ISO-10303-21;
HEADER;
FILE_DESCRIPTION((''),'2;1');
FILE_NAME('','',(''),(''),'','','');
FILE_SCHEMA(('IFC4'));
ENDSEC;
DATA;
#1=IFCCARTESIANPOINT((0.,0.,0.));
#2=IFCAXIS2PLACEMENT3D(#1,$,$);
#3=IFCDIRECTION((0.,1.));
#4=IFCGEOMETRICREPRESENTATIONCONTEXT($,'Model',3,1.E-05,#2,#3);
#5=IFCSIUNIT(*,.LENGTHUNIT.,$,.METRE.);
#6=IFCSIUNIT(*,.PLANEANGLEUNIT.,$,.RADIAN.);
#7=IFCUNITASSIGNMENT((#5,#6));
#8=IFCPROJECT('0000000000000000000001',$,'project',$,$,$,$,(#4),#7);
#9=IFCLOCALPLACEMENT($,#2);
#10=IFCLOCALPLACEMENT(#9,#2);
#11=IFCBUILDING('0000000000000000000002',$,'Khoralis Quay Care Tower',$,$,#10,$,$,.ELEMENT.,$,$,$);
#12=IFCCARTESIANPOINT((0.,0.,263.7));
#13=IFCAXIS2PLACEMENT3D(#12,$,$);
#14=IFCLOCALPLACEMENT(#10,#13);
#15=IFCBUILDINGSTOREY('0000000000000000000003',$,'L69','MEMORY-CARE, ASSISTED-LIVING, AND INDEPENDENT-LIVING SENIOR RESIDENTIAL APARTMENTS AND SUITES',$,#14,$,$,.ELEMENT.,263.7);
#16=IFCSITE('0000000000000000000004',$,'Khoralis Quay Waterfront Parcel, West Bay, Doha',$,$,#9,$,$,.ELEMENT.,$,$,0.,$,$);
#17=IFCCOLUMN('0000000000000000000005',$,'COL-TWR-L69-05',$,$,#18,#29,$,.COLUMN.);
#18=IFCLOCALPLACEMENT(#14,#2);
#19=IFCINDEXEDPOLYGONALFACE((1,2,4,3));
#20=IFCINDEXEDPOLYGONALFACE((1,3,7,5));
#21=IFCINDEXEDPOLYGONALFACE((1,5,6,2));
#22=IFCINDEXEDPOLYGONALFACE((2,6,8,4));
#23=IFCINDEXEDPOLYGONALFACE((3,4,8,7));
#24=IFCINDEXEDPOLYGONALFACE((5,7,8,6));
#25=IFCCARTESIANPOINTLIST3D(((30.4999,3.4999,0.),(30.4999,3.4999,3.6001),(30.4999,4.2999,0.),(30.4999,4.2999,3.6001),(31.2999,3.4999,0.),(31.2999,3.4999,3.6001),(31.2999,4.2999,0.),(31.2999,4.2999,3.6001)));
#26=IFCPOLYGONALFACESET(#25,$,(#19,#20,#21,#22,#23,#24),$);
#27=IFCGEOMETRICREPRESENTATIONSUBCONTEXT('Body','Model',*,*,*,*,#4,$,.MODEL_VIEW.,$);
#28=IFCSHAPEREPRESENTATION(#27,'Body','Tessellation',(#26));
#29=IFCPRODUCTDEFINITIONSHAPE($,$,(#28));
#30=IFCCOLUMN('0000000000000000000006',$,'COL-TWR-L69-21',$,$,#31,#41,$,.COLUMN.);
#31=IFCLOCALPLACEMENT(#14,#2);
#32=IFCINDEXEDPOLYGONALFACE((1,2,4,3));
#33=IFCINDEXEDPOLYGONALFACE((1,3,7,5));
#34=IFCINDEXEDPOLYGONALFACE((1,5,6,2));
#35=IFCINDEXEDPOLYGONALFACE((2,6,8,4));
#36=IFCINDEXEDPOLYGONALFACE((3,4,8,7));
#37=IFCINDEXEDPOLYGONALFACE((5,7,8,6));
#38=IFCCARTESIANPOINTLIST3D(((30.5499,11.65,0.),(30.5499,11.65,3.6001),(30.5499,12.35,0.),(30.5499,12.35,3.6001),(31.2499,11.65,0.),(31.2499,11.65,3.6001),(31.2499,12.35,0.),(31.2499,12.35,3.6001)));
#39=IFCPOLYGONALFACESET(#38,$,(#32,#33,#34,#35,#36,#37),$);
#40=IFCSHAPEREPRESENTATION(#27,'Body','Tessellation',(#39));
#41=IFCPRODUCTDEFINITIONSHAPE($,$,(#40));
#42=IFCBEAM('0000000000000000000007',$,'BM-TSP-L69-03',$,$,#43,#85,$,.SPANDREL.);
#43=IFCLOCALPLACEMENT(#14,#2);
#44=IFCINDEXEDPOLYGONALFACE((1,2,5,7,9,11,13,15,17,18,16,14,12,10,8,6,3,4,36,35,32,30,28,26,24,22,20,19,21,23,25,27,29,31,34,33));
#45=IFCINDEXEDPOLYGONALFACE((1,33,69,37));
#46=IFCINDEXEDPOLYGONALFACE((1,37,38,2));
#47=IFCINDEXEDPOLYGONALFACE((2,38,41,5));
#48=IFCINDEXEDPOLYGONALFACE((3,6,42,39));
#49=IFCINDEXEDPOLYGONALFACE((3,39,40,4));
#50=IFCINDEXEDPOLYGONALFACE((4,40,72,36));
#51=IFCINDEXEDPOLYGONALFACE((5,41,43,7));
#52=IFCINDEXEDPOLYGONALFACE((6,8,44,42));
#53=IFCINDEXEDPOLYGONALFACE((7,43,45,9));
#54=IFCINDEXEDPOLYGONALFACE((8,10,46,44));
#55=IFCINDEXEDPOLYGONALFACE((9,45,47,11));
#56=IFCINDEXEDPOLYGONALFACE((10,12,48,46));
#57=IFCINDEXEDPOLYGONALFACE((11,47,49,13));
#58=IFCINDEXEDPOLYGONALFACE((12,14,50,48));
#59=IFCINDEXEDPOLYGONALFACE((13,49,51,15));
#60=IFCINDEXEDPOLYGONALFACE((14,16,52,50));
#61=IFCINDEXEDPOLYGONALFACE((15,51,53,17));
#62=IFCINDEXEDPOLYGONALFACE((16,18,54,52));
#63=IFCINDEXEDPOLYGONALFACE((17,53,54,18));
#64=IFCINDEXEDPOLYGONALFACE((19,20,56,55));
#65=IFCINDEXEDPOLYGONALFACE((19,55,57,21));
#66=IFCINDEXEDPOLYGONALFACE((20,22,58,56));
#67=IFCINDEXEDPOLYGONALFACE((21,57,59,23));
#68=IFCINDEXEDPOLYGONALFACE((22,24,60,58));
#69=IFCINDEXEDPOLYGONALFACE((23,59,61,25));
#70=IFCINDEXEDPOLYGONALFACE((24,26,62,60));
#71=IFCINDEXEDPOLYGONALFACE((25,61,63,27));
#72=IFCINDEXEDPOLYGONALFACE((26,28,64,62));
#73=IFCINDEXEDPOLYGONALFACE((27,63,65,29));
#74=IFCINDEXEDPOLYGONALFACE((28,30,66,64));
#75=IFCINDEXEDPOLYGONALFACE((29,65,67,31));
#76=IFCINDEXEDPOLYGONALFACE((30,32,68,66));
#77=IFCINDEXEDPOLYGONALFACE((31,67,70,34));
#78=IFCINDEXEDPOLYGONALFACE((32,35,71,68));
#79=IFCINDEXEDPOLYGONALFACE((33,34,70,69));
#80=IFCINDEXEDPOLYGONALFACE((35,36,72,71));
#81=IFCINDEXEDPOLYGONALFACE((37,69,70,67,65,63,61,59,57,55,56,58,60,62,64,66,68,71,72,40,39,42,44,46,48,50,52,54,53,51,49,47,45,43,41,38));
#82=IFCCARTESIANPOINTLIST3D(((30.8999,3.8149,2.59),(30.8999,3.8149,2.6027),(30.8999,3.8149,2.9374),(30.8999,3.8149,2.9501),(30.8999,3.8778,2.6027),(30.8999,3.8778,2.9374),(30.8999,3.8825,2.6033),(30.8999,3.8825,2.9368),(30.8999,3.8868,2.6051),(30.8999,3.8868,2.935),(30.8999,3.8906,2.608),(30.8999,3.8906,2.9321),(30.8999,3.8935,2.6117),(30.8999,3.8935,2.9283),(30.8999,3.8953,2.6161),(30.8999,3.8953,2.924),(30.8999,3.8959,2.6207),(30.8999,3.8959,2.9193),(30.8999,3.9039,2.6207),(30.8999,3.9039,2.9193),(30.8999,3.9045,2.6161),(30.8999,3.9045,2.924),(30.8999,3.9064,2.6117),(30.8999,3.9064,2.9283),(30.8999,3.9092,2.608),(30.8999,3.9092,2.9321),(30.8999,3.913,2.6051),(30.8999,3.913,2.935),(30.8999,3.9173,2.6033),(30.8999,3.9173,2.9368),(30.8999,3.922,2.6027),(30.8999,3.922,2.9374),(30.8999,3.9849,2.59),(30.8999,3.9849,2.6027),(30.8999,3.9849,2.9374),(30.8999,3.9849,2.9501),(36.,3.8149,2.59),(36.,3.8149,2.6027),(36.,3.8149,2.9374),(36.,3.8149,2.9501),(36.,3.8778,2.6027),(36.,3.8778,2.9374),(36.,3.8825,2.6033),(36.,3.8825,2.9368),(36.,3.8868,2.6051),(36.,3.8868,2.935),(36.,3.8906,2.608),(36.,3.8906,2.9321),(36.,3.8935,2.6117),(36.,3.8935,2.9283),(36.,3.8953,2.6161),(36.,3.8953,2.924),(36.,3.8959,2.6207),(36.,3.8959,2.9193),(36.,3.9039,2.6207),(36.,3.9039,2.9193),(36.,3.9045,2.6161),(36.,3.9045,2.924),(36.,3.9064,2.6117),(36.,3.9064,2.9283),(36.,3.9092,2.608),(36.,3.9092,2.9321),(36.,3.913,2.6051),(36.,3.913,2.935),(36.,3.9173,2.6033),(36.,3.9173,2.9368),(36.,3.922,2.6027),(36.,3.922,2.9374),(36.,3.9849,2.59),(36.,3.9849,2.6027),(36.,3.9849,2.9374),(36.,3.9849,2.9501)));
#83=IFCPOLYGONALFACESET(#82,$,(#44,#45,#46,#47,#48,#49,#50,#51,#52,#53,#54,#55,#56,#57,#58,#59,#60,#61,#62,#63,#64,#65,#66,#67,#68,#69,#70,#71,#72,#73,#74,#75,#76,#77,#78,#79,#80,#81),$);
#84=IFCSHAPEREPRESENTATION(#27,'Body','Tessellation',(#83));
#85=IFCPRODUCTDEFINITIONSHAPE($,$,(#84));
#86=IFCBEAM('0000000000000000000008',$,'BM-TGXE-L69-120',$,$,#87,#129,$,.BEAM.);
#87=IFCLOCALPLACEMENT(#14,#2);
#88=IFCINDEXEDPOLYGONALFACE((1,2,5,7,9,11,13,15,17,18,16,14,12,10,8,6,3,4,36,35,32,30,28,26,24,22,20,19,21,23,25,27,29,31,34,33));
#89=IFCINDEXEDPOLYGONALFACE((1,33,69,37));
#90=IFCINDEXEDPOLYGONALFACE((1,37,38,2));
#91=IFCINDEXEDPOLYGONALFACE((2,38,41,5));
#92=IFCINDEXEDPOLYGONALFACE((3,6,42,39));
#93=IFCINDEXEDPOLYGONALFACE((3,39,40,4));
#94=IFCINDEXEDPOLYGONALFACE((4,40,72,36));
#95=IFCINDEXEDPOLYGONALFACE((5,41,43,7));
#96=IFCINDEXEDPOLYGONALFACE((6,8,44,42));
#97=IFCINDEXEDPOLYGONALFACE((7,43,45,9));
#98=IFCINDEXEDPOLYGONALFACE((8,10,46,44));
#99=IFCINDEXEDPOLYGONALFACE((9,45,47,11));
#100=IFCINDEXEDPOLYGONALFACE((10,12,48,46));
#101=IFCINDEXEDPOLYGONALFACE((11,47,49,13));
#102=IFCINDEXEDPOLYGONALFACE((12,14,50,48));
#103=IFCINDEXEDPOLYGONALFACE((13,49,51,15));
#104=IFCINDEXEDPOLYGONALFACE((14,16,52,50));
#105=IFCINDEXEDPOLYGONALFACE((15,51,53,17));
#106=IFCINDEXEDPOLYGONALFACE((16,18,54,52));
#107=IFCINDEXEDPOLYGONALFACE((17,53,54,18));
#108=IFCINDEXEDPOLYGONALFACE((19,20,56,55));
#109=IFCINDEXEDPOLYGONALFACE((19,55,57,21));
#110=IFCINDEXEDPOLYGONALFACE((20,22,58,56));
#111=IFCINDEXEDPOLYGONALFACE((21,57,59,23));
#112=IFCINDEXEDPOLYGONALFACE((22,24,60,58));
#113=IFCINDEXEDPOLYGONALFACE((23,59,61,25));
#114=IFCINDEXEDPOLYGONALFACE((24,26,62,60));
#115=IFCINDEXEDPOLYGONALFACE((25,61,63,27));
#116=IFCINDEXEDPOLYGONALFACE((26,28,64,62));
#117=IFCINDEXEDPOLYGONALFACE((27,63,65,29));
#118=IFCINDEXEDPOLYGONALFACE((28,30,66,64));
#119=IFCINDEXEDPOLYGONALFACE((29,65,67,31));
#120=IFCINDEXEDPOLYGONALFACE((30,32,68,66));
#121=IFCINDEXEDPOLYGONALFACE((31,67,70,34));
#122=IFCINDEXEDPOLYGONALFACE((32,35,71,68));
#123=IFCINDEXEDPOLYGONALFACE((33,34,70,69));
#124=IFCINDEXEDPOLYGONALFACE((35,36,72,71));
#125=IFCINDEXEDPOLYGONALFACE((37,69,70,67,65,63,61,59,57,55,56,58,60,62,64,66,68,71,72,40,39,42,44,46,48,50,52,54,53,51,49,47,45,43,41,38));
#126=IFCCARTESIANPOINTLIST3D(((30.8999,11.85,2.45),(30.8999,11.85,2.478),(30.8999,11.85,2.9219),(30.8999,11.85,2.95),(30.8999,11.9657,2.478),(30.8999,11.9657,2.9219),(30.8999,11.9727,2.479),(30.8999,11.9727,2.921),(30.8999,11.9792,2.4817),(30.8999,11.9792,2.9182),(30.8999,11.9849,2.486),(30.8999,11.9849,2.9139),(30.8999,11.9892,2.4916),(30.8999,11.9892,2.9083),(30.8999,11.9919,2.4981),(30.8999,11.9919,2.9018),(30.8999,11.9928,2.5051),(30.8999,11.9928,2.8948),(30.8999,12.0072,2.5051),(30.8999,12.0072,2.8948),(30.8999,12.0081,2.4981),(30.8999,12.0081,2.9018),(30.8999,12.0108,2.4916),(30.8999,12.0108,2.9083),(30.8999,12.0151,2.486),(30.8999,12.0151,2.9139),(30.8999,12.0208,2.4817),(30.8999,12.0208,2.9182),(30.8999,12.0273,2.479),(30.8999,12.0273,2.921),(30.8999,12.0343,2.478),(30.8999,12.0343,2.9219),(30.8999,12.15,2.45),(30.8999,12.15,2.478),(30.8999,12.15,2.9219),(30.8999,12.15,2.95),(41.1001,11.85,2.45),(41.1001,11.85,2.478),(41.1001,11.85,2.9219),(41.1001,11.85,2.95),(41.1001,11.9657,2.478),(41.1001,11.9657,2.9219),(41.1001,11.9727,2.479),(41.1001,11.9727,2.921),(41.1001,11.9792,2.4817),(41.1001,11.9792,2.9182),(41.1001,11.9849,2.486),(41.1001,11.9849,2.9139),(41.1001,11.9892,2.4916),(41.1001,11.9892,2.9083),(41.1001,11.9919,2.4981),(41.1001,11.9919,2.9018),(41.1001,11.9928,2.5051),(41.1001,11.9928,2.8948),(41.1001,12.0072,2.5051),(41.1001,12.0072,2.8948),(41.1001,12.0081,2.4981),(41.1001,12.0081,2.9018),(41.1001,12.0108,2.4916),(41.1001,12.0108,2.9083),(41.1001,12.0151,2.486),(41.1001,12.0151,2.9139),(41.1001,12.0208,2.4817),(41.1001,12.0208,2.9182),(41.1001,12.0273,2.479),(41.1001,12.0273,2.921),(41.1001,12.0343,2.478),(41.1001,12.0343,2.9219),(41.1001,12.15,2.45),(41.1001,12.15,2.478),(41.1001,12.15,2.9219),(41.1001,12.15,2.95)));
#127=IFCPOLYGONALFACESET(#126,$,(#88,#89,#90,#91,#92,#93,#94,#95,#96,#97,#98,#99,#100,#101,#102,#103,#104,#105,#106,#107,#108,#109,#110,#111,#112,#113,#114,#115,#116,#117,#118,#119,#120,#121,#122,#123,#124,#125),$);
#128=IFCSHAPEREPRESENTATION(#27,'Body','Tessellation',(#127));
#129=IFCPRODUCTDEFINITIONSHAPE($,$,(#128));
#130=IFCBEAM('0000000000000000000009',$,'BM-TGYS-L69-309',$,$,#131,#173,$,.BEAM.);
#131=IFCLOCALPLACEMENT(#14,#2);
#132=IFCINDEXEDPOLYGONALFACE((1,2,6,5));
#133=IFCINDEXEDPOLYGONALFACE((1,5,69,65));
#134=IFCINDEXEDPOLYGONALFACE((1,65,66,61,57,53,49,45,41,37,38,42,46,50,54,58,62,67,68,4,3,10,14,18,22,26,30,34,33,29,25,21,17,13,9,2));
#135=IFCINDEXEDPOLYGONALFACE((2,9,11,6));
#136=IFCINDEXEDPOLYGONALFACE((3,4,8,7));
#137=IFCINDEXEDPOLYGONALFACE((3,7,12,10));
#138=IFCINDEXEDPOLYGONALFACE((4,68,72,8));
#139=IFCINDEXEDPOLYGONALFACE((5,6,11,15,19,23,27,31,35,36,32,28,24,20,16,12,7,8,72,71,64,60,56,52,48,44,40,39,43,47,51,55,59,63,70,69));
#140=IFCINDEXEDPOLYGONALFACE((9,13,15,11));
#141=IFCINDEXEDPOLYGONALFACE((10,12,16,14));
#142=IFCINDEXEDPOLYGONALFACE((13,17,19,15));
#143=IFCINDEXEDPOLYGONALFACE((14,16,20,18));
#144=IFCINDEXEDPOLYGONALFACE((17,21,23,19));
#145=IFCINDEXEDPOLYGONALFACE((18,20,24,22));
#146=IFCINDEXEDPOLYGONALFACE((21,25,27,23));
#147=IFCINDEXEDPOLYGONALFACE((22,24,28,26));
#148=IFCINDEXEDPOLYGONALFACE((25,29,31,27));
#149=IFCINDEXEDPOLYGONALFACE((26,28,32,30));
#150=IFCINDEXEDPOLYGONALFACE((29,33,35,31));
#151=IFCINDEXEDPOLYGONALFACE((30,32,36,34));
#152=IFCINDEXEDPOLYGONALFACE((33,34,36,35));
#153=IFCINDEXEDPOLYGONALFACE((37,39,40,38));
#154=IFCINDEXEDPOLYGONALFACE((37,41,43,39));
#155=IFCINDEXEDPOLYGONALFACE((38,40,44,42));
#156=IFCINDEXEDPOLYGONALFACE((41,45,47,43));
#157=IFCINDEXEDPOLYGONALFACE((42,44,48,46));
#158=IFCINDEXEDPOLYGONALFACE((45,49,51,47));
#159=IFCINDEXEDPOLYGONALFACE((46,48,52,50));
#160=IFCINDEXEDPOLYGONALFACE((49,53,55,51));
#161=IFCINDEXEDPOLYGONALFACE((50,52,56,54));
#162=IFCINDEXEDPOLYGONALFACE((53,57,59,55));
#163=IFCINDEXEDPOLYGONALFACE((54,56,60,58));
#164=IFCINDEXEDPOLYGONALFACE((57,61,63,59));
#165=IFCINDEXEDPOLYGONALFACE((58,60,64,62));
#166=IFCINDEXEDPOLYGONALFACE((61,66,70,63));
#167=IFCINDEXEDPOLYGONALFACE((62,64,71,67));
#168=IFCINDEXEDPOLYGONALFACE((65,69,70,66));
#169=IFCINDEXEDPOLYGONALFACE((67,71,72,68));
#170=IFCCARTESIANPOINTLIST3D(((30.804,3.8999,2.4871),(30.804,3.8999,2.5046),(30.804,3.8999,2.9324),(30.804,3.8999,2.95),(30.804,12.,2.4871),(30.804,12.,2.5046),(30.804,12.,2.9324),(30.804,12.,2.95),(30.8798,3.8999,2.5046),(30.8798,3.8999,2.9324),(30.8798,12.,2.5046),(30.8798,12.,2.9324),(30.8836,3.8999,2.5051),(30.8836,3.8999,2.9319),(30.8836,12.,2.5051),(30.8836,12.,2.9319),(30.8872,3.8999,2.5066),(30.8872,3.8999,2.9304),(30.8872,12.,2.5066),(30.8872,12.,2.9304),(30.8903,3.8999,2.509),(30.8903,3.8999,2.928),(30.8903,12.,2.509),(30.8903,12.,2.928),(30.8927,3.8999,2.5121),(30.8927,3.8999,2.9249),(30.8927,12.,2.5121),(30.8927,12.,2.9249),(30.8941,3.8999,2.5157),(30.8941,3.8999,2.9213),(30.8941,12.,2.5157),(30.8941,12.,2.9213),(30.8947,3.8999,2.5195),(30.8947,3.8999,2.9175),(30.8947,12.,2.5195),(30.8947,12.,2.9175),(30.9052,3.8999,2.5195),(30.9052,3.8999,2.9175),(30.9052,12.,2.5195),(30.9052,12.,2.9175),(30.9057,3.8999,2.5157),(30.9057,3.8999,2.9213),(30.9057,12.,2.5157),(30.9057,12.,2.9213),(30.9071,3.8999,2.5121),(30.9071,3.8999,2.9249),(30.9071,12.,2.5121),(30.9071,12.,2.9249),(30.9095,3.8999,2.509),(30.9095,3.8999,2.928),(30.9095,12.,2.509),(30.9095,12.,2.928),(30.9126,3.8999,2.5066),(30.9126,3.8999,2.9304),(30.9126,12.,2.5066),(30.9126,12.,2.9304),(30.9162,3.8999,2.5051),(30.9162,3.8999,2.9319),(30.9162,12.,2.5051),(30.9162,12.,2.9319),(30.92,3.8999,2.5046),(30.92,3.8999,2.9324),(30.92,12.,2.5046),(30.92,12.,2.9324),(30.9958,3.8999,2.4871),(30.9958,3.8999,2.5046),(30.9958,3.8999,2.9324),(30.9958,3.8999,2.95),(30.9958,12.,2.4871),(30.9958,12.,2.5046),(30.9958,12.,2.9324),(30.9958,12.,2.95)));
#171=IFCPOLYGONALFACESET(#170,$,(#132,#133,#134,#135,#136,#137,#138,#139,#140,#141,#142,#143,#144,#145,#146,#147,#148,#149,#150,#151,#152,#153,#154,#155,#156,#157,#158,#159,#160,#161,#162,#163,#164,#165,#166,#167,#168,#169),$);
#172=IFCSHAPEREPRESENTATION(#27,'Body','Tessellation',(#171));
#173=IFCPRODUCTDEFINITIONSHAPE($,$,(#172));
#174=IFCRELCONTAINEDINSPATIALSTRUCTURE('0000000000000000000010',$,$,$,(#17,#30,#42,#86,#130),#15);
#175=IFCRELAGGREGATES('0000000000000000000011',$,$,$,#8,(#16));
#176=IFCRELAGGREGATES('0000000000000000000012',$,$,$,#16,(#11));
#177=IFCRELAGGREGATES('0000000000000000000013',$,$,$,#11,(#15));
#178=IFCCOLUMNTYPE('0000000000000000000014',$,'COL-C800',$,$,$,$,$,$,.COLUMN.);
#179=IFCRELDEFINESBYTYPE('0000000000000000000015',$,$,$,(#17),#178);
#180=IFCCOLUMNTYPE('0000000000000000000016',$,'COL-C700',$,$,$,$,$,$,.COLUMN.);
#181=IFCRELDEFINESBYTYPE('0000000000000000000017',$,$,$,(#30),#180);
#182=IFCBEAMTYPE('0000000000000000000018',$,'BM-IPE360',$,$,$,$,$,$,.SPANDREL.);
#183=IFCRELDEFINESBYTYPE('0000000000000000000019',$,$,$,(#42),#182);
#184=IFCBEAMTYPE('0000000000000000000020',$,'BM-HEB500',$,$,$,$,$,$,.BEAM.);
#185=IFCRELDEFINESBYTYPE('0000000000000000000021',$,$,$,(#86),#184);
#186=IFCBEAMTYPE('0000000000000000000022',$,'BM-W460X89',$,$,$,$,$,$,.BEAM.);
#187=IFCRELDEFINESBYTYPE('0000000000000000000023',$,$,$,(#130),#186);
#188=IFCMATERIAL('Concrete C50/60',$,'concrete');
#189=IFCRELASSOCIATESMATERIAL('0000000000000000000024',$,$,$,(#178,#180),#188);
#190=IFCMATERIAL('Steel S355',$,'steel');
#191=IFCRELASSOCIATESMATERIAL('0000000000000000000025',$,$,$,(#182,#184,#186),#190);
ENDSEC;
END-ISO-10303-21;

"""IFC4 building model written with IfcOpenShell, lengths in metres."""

from ifc_helpers import new_model, si_unit, direction, frame, origin, origin_2d, place, context, subcontext, project, spatial, rectangle, i_section, extrude, source, transform, mapped, material, material_profile, profile_set, type_object, element, save


model = new_model("IFC4")

# Units and contexts
model_context = context("Model", 3, precision=1e-05, world=origin(), true_north=direction((0.0, 1.0)))
body_context = subcontext(model_context, "Body", "Model", "MODEL_VIEW")
ifc_project = project(units=[si_unit("LENGTHUNIT", "METRE"), si_unit("PLANEANGLEUNIT", "RADIAN")], contexts=[model_context])

# Site, building, storey
site_placement = place(None, origin())
site = spatial("IfcSite", under=ifc_project, at=site_placement, Name="Khoralis Quay Waterfront Parcel, West Bay, Doha", CompositionType="ELEMENT", RefElevation=0.0)
building_placement = place(site_placement, origin())
building = spatial("IfcBuilding", under=site, at=building_placement, Name="Khoralis Quay Care Tower", CompositionType="ELEMENT")
storey_placement = place(building_placement, frame((0.0, 0.0, 263.7)))
storey = spatial("IfcBuildingStorey", under=building, at=storey_placement, Name="L69", Description="MEMORY-CARE, ASSISTED-LIVING, AND INDEPENDENT-LIVING SENIOR RESIDENTIAL APARTMENTS AND SUITES", CompositionType="ELEMENT", Elevation=263.7)

# Columns
ifc_material_1 = material(Name="Concrete C50/60", Category="concrete")
ifc_material_profile_1 = material_profile(ifc_material_1, rectangle(XDim=0.8, YDim=0.8, at=origin_2d()), Name="Concrete C50/60")
ifc_profile_set_1 = profile_set([ifc_material_profile_1], Name="Concrete C50/60")
column_type_1 = type_object("IfcColumnType", Name="COL-C800", PredefinedType="COLUMN", material=ifc_profile_set_1)
shared_shape_1 = source(origin(), body_context, "Body", "SweptSolid", [
    extrude(rectangle(XDim=0.8, YDim=0.8, at=origin_2d()), origin(), (0.0, 0.0, 1.0), 3.6001),
])
column_1_placement = place(storey_placement, frame((30.8999, 3.8999, 0.0), z_axis=(0.0, 0.0, 1.0), x_axis=(1.0, 0.0, 0.0)))
element("IfcColumn", 1, at=column_1_placement, inside=storey, type_object=column_type_1, Name="COL-TWR-L69-05", PredefinedType="COLUMN", context=body_context, shape_type="MappedRepresentation", body=[
    mapped(shared_shape_1, transform((0.0, 0.0, 0.0), scale=1.0)),
])
ifc_material_profile_2 = material_profile(ifc_material_1, rectangle(XDim=0.7, YDim=0.7, at=origin_2d()), Name="Concrete C50/60")
ifc_profile_set_2 = profile_set([ifc_material_profile_2], Name="Concrete C50/60")
column_type_2 = type_object("IfcColumnType", Name="COL-C700", PredefinedType="COLUMN", material=ifc_profile_set_2)
shared_shape_2 = source(origin(), body_context, "Body", "SweptSolid", [
    extrude(rectangle(XDim=0.7, YDim=0.7, at=origin_2d()), origin(), (0.0, 0.0, 1.0), 3.6001),
])
column_2_placement = place(storey_placement, frame((30.8999, 12.0, 0.0), z_axis=(0.0, 0.0, 1.0), x_axis=(1.0, 0.0, 0.0)))
element("IfcColumn", 2, at=column_2_placement, inside=storey, type_object=column_type_2, Name="COL-TWR-L69-21", PredefinedType="COLUMN", context=body_context, shape_type="MappedRepresentation", body=[
    mapped(shared_shape_2, transform((0.0, 0.0, 0.0), scale=1.0)),
])

# Beams
ifc_material_2 = material(Name="Steel S355", Category="steel")
ifc_material_profile_3 = material_profile(ifc_material_2, i_section(OverallWidth=0.1699, OverallDepth=0.3601, WebThickness=0.0081, FlangeThickness=0.0127, FilletRadius=0.0181, at=origin_2d()), Name="Steel S355")
ifc_profile_set_3 = profile_set([ifc_material_profile_3], Name="Steel S355")
beam_type_1 = type_object("IfcBeamType", Name="BM-IPE360", PredefinedType="SPANDREL", material=ifc_profile_set_3)
shared_shape_3 = source(origin(), body_context, "Body", "SweptSolid", [
    extrude(i_section(OverallWidth=0.1699, OverallDepth=0.3601, WebThickness=0.0081, FlangeThickness=0.0127, FilletRadius=0.0181, at=origin_2d()), origin(), (0.0, 0.0, 1.0), 5.1001),
])
beam_1_placement = place(storey_placement, frame((30.8999, 3.8999, 2.77), z_axis=(1.0, 0.0, 0.0), x_axis=(0.0, 1.0, 0.0)))
element("IfcBeam", 3, at=beam_1_placement, inside=storey, type_object=beam_type_1, Name="BM-TSP-L69-03", PredefinedType="SPANDREL", context=body_context, shape_type="MappedRepresentation", body=[
    mapped(shared_shape_3, transform((0.0, 0.0, 0.0), scale=1.0)),
])
ifc_material_profile_4 = material_profile(ifc_material_2, i_section(OverallWidth=0.3, OverallDepth=0.5, WebThickness=0.0144, FlangeThickness=0.0281, FilletRadius=0.0271, at=origin_2d()), Name="Steel S355")
ifc_profile_set_4 = profile_set([ifc_material_profile_4], Name="Steel S355")
beam_type_2 = type_object("IfcBeamType", Name="BM-HEB500", PredefinedType="BEAM", material=ifc_profile_set_4)
shared_shape_4 = source(origin(), body_context, "Body", "SweptSolid", [
    extrude(i_section(OverallWidth=0.3, OverallDepth=0.5, WebThickness=0.0144, FlangeThickness=0.0281, FilletRadius=0.0271, at=origin_2d()), origin(), (0.0, 0.0, 1.0), 10.2002),
])
beam_2_placement = place(storey_placement, frame((30.8999, 12.0, 2.7), z_axis=(1.0, 0.0, 0.0), x_axis=(0.0, 1.0, 0.0)))
element("IfcBeam", 4, at=beam_2_placement, inside=storey, type_object=beam_type_2, Name="BM-TGXE-L69-120", PredefinedType="BEAM", context=body_context, shape_type="MappedRepresentation", body=[
    mapped(shared_shape_4, transform((0.0, 0.0, 0.0), scale=1.0)),
])
ifc_material_profile_5 = material_profile(ifc_material_2, i_section(OverallWidth=0.1919, OverallDepth=0.4629, WebThickness=0.0105, FlangeThickness=0.0176, FilletRadius=0.0149, at=origin_2d()), Name="Steel S355")
ifc_profile_set_5 = profile_set([ifc_material_profile_5], Name="Steel S355")
beam_type_3 = type_object("IfcBeamType", Name="BM-W460X89", PredefinedType="BEAM", material=ifc_profile_set_5)
shared_shape_5 = source(origin(), body_context, "Body", "SweptSolid", [
    extrude(i_section(OverallWidth=0.1919, OverallDepth=0.4629, WebThickness=0.0105, FlangeThickness=0.0176, FilletRadius=0.0149, at=origin_2d()), origin(), (0.0, 0.0, 1.0), 8.1001),
])
beam_3_placement = place(storey_placement, frame((30.8999, 3.8999, 2.7185), z_axis=(0.0, 1.0, 0.0), x_axis=(-1.0, 0.0, 0.0)))
element("IfcBeam", 5, at=beam_3_placement, inside=storey, type_object=beam_type_3, Name="BM-TGYS-L69-309", PredefinedType="BEAM", context=body_context, shape_type="MappedRepresentation", body=[
    mapped(shared_shape_5, transform((0.0, 0.0, 0.0), scale=1.0)),
])

save(model, "model.ifc")
